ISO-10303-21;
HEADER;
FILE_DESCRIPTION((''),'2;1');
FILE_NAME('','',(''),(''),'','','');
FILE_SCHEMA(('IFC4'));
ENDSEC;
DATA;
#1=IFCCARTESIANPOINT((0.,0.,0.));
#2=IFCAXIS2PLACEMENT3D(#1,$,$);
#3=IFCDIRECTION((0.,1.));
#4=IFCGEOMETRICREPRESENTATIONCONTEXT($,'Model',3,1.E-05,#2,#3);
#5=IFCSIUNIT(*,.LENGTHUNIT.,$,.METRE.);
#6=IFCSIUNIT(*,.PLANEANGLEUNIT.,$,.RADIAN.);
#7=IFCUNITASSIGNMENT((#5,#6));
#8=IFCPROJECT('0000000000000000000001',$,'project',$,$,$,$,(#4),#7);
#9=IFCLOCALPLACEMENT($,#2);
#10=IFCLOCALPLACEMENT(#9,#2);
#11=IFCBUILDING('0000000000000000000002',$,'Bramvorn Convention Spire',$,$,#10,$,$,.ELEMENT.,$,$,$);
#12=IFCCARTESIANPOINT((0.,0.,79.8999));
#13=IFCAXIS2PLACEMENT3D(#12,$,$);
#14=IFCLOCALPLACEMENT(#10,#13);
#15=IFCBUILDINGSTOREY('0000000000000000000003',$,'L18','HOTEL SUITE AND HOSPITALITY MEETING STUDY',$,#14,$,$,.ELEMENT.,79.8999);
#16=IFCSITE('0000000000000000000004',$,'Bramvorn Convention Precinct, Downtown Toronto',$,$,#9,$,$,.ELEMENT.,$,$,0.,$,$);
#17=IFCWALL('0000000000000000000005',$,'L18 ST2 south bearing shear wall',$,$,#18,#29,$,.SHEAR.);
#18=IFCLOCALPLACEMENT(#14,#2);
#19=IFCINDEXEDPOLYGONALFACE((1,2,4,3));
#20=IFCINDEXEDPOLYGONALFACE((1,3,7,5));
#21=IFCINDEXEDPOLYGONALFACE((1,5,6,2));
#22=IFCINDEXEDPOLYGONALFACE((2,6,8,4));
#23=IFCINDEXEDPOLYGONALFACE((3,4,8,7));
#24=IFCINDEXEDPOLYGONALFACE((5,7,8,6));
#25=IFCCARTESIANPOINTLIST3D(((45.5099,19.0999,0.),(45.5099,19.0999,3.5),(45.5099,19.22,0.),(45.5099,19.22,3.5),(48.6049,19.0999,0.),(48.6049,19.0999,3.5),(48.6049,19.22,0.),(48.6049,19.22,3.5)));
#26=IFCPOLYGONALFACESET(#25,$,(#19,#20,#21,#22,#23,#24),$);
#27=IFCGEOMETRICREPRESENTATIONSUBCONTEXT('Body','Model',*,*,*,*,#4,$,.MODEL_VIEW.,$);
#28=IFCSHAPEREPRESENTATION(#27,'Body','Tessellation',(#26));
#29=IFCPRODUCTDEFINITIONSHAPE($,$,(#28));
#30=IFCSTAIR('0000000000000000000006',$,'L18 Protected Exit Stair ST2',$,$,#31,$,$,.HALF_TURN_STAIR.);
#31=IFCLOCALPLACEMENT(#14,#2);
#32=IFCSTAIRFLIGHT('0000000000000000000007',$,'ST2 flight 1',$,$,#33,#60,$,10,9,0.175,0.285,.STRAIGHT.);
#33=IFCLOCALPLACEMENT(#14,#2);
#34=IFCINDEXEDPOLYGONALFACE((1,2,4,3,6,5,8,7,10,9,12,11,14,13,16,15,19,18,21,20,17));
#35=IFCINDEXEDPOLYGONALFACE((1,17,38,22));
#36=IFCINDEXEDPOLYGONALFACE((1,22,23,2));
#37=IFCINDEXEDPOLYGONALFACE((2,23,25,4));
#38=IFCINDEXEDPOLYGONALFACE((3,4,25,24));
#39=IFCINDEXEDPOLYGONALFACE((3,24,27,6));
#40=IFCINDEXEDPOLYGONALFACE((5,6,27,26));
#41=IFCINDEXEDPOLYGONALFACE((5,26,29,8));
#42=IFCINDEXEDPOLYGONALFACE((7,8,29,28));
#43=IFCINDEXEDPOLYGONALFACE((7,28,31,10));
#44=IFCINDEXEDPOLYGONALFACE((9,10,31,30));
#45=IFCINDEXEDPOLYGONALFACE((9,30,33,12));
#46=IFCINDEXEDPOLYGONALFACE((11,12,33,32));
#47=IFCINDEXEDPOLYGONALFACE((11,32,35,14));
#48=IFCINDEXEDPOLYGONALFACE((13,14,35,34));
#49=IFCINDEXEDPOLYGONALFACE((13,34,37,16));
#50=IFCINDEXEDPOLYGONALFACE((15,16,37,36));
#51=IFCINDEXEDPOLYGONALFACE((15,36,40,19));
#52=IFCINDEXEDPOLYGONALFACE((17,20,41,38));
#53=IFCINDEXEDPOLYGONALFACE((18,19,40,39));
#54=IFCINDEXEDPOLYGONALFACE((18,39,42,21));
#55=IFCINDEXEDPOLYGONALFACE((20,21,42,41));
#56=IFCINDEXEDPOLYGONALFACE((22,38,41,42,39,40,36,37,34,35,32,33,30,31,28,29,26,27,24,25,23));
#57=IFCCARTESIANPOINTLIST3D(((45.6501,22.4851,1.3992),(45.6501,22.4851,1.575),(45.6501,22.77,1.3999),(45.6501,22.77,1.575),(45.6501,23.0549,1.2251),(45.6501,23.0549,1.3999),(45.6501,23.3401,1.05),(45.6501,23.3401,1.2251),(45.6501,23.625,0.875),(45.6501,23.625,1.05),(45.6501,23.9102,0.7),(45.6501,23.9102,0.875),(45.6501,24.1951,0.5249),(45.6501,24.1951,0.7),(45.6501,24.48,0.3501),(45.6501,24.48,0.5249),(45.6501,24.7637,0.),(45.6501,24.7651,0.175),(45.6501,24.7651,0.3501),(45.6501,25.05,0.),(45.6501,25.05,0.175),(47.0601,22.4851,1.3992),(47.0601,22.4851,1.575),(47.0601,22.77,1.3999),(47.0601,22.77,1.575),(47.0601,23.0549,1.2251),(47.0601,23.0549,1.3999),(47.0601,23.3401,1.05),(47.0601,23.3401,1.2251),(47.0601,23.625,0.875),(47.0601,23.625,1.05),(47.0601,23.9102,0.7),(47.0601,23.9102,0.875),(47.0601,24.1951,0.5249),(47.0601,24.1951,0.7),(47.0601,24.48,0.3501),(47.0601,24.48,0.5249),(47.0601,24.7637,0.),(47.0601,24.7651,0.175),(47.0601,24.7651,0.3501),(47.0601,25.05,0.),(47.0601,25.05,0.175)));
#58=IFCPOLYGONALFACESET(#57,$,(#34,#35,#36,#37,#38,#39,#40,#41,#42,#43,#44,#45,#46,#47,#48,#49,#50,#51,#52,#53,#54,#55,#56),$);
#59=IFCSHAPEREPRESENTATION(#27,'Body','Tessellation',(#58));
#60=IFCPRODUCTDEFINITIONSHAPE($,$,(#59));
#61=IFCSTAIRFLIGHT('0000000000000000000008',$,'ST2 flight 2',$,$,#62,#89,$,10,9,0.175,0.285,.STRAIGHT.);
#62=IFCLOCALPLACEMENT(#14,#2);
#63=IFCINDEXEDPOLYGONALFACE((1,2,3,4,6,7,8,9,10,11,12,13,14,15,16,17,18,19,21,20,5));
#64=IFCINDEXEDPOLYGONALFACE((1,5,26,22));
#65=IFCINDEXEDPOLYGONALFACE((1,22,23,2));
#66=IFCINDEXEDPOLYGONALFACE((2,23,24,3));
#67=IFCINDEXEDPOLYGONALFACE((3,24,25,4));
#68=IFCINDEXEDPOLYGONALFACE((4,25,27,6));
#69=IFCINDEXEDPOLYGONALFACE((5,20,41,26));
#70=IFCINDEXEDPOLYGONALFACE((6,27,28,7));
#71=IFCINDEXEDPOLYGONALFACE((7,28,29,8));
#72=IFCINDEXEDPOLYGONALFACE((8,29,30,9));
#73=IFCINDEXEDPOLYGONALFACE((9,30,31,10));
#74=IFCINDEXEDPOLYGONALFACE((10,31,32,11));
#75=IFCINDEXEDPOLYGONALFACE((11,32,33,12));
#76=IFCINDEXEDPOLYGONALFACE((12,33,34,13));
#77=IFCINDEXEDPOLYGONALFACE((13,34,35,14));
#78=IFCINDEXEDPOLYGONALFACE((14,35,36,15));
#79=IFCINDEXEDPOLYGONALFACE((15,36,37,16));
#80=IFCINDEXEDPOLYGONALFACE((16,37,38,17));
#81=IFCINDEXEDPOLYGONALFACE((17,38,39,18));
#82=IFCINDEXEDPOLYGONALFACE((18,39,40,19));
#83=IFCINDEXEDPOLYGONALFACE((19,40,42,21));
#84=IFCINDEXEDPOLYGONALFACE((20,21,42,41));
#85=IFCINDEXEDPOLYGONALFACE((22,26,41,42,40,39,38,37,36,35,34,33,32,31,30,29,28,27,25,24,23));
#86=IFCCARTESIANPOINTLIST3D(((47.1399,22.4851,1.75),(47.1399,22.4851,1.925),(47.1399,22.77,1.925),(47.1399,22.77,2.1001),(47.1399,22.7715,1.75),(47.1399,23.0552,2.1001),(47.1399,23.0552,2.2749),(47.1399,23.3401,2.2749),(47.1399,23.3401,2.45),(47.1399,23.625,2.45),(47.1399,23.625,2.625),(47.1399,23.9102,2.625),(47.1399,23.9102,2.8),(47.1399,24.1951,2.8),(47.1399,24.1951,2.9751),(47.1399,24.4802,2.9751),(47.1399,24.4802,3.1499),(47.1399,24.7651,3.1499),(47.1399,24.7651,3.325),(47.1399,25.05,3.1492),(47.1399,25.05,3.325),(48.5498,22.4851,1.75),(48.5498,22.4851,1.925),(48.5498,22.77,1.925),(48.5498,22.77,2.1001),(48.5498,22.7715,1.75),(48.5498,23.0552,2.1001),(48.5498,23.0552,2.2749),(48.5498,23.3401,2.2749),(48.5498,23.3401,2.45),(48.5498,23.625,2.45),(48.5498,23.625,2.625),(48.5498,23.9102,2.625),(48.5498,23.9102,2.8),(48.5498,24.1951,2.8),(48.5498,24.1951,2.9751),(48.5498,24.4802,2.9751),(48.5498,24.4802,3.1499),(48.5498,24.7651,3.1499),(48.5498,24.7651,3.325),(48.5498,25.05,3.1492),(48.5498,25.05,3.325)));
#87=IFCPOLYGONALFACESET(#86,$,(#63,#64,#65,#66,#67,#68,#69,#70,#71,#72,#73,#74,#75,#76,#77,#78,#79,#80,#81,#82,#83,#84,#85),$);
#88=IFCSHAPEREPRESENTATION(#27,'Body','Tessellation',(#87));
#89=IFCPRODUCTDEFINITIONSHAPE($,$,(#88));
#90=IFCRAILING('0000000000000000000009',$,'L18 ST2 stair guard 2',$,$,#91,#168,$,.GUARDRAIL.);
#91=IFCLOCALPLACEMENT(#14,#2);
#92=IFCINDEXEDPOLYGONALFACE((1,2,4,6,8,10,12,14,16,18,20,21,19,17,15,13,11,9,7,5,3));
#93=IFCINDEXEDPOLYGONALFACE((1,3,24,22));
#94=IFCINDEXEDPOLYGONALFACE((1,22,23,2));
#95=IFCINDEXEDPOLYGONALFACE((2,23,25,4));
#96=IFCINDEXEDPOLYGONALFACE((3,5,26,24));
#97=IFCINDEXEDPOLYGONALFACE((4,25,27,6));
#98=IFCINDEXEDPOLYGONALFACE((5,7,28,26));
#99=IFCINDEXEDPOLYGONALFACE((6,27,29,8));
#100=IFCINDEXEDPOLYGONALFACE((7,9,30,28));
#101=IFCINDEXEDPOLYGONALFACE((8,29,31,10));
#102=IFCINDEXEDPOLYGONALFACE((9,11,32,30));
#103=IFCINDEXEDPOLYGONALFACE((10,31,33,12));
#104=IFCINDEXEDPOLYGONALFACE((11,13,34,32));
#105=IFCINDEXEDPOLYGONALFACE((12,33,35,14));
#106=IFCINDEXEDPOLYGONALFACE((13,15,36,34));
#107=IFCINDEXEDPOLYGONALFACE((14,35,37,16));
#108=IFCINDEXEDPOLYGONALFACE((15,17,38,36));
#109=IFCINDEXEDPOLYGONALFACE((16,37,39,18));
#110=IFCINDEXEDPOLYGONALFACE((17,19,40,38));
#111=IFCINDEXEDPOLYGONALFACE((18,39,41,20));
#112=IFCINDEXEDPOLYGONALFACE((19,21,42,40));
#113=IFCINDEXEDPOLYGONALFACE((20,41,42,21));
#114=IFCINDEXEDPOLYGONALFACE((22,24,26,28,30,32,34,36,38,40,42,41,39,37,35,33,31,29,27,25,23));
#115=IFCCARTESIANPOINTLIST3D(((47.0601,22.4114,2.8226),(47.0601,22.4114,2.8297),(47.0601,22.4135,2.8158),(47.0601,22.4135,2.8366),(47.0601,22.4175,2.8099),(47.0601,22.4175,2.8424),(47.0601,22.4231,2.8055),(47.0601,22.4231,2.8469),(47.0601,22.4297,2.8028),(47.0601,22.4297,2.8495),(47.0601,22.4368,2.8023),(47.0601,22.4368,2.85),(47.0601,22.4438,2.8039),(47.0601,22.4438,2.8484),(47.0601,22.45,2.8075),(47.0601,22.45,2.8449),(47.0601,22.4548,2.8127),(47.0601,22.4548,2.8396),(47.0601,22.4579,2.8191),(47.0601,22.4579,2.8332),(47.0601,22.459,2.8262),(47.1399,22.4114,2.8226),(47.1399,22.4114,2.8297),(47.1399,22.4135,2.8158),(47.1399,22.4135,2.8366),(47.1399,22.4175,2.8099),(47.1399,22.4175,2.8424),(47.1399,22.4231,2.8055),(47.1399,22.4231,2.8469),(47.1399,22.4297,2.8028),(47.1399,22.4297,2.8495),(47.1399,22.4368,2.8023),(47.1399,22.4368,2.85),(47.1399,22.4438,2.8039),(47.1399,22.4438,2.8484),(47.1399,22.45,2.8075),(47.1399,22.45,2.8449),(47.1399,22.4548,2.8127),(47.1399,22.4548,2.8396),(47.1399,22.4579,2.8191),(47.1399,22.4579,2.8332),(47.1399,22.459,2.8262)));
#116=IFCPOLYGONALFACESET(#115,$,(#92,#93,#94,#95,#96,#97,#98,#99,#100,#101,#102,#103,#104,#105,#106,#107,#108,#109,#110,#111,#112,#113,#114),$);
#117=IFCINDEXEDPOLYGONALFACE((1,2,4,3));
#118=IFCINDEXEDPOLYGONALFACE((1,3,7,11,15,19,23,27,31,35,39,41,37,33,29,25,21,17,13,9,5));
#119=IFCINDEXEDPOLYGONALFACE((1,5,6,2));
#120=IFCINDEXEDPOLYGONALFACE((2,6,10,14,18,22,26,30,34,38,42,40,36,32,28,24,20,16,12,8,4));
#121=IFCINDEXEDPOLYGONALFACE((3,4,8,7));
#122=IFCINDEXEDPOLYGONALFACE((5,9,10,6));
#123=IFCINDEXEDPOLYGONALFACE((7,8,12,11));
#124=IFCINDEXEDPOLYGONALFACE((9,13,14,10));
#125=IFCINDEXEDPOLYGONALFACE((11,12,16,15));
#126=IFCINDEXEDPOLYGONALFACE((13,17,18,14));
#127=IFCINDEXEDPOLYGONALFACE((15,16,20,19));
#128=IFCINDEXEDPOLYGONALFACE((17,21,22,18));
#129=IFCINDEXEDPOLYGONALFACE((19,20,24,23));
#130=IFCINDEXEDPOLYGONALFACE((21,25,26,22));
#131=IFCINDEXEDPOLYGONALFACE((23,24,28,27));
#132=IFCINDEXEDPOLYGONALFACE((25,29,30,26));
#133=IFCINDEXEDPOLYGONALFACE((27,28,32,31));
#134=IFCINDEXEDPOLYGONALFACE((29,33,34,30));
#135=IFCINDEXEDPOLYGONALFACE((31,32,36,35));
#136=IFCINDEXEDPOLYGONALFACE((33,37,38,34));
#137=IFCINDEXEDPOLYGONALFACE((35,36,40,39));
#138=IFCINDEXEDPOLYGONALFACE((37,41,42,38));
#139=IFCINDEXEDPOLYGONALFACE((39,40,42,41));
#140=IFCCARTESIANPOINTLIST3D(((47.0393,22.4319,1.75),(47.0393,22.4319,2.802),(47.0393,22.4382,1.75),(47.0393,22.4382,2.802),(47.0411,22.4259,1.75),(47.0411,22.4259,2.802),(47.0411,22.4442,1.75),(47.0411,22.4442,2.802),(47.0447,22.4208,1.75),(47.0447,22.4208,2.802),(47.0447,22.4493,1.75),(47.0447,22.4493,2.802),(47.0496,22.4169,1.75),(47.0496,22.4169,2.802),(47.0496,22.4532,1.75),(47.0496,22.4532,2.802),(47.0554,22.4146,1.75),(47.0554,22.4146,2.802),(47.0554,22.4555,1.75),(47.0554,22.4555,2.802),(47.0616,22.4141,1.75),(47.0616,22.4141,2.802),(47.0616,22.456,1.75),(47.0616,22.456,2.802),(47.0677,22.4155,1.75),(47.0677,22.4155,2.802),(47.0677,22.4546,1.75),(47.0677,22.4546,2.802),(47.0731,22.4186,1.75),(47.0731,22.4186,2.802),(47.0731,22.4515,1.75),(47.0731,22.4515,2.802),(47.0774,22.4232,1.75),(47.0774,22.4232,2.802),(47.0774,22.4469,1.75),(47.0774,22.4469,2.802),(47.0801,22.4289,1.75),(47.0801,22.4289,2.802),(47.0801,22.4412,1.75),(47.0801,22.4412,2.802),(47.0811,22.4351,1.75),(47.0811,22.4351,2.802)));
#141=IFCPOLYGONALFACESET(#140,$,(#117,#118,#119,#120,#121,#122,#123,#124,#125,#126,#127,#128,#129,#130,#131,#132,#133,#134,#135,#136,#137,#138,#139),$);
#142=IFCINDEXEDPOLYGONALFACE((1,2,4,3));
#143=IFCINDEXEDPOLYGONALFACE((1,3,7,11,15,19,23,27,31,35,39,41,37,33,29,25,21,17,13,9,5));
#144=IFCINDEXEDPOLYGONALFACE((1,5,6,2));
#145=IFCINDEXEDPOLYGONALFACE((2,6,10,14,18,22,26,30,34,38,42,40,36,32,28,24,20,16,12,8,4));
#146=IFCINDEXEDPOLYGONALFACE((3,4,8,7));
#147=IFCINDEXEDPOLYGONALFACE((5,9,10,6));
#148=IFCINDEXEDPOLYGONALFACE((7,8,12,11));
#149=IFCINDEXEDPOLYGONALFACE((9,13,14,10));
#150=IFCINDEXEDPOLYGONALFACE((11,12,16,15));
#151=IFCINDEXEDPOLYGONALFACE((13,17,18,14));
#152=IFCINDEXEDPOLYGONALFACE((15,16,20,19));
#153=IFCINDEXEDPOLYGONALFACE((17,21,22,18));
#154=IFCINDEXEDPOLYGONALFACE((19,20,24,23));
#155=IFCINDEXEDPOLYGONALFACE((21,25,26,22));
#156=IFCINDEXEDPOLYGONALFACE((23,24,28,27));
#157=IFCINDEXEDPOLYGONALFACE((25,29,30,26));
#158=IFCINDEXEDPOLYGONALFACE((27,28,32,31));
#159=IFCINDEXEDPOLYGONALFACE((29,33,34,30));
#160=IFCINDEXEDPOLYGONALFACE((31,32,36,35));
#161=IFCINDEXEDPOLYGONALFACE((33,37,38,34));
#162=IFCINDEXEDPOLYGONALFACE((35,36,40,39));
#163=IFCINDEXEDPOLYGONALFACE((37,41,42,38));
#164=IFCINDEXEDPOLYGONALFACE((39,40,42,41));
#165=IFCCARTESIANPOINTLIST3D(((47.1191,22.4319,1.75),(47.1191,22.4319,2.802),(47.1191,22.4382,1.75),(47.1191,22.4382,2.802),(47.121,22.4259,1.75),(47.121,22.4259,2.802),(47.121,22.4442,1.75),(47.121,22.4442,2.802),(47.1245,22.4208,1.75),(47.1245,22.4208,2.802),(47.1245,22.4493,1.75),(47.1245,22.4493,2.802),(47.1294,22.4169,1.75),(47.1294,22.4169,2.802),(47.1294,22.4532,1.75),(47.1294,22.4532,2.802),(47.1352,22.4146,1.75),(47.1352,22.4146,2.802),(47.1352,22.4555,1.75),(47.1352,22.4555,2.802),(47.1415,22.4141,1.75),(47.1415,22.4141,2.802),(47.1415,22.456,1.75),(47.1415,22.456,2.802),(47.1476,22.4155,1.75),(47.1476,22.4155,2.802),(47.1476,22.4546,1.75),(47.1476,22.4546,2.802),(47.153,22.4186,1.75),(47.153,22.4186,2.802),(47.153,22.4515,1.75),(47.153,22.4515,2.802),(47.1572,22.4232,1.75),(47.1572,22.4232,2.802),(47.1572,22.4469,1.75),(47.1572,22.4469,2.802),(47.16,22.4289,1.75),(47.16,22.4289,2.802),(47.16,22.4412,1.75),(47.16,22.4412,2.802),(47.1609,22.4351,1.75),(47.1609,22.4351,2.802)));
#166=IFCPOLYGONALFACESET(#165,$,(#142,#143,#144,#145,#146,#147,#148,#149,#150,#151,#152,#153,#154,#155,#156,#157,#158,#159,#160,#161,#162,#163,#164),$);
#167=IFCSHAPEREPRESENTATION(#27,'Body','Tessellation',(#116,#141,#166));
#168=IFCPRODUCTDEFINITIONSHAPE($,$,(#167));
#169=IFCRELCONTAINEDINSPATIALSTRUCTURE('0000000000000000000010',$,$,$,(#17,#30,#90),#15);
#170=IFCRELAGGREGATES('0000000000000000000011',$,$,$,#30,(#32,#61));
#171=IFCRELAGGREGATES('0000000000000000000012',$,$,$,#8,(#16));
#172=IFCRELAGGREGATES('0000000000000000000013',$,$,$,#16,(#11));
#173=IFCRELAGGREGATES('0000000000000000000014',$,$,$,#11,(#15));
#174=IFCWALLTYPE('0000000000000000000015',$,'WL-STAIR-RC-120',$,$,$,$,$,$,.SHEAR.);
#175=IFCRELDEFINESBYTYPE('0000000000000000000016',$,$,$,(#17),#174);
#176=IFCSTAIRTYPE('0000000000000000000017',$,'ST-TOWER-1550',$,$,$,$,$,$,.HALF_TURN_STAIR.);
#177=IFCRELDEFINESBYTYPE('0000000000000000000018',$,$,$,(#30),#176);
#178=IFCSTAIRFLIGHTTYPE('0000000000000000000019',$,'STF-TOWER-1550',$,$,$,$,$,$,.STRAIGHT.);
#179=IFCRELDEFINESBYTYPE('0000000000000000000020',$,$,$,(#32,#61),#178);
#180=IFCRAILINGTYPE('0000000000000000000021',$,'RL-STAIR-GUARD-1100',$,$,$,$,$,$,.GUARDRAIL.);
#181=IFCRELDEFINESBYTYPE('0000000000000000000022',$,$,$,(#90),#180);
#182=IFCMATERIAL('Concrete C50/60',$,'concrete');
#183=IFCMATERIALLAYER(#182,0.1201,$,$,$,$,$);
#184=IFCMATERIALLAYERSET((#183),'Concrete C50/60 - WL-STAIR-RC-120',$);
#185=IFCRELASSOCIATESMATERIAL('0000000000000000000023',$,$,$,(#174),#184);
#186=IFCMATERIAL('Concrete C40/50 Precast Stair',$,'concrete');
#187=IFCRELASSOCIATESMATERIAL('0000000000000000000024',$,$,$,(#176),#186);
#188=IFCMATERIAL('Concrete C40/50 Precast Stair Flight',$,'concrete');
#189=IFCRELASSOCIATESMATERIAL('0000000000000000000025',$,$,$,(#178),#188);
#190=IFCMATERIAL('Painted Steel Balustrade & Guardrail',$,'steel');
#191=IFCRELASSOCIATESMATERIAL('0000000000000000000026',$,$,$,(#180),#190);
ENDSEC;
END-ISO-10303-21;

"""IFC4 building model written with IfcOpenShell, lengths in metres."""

from ifc_helpers import new_model, si_unit, direction, frame, frame_2d, origin, origin_2d, place, context, subcontext, project, spatial, polyline, rectangle, circle, outline, extrude, material, layer, layer_set, type_object, element, aggregate, save


model = new_model("IFC4")

# Units and contexts
model_context = context("Model", 3, precision=1e-05, world=origin(), true_north=direction((0.0, 1.0)))
body_context = subcontext(model_context, "Body", "Model", "MODEL_VIEW")
ifc_project = project(units=[si_unit("LENGTHUNIT", "METRE"), si_unit("PLANEANGLEUNIT", "RADIAN")], contexts=[model_context])

# Site, building, storey
site_placement = place(None, origin())
site = spatial("IfcSite", under=ifc_project, at=site_placement, Name="Bramvorn Convention Precinct, Downtown Toronto", CompositionType="ELEMENT", RefElevation=0.0)
building_placement = place(site_placement, origin())
building = spatial("IfcBuilding", under=site, at=building_placement, Name="Bramvorn Convention Spire", CompositionType="ELEMENT")
storey_placement = place(building_placement, frame((0.0, 0.0, 79.8999)))
storey = spatial("IfcBuildingStorey", under=building, at=storey_placement, Name="L18", Description="HOTEL SUITE AND HOSPITALITY MEETING STUDY", CompositionType="ELEMENT", Elevation=79.8999)

# Shared definitions
ifc_material_1 = material(Name="Concrete C50/60", Category="concrete")

# Wall
ifc_layer_1 = layer(ifc_material_1, 0.1201)
ifc_layer_set_1 = layer_set([ifc_layer_1], Name="Concrete C50/60 - WL-STAIR-RC-120")
wall_type_1 = type_object("IfcWallType", Name="WL-STAIR-RC-120", PredefinedType="SHEAR", material=ifc_layer_set_1)
wall_1_placement = place(storey_placement, frame((45.51, 19.1599, 0.0), z_axis=(0.0, 0.0, 1.0), x_axis=(1.0, 0.0, 0.0)))
element("IfcWall", 1, at=wall_1_placement, inside=storey, type_object=wall_type_1, Name="L18 ST2 south bearing shear wall", PredefinedType="SHEAR", context=body_context, shape_type="SweptSolid", body=[
    extrude(rectangle(XDim=3.095, YDim=0.1201, at=frame_2d((1.5474, 0.0))), origin(), (0.0, 0.0, 1.0), 3.5),
])

# Stair, stair flights
ifc_material_2 = material(Name="Concrete C40/50 Precast Stair", Category="concrete")
stair_type = type_object("IfcStairType", Name="ST-TOWER-1550", PredefinedType="HALF_TURN_STAIR", material=ifc_material_2)
stair_placement = place(storey_placement, origin())
stair = element("IfcStair", 2, at=stair_placement, inside=storey, type_object=stair_type, Name="L18 Protected Exit Stair ST2", PredefinedType="HALF_TURN_STAIR")
ifc_material_3 = material(Name="Concrete C40/50 Precast Stair Flight", Category="concrete")
stair_flight_type = type_object("IfcStairFlightType", Name="STF-TOWER-1550", PredefinedType="STRAIGHT", material=ifc_material_3)
stair_flight_1_placement = place(storey_placement, frame((46.355, 25.05, 0.0), z_axis=(0.0, 0.0, 1.0), x_axis=(0.0, -1.0, 0.0)))
stair_flight_1 = element("IfcStairFlight", 3, at=stair_flight_1_placement, type_object=stair_flight_type, Name="ST2 flight 1", NumberOfRisers=10, NumberOfTreads=9, PredefinedType="STRAIGHT", RiserHeight=0.175, TreadLength=0.285, context=body_context, shape_type="SweptSolid", body=[
    extrude(outline(polyline([(0.0, 0.0), (0.0, 0.175), (0.2849, 0.175), (0.2849, 0.3501), (0.5701, 0.3501), (0.5701, 0.5249), (0.855, 0.5249), (0.855, 0.7), (1.1399, 0.7), (1.1399, 0.875), (1.425, 0.875), (1.425, 1.05), (1.71, 1.05), (1.71, 1.2251), (1.9951, 1.2251), (1.9951, 1.3999), (2.28, 1.3999), (2.28, 1.575), (2.5649, 1.575), (2.5649, 1.75), (2.5649, 1.3992), (0.2864, 0.0), (0.0, 0.0)])), frame((0.0, 0.7051, 0.0), z_axis=(0.0, -1.0, 0.0), x_axis=(1.0, 0.0, 0.0)), (0.0, 0.0, 1.0), 1.4099),
])
stair_flight_2_placement = place(storey_placement, frame((47.845, 22.4851, 1.75), z_axis=(0.0, 0.0, 1.0), x_axis=(0.0, 1.0, 0.0)))
stair_flight_2 = element("IfcStairFlight", 4, at=stair_flight_2_placement, type_object=stair_flight_type, Name="ST2 flight 2", NumberOfRisers=10, NumberOfTreads=9, PredefinedType="STRAIGHT", RiserHeight=0.175, TreadLength=0.285, context=body_context, shape_type="SweptSolid", body=[
    extrude(outline(polyline([(0.0, 0.0), (0.0, 0.175), (0.2849, 0.175), (0.2849, 0.3501), (0.5701, 0.3501), (0.5701, 0.5249), (0.855, 0.5249), (0.855, 0.7), (1.1399, 0.7), (1.1399, 0.875), (1.425, 0.875), (1.425, 1.05), (1.71, 1.05), (1.71, 1.2251), (1.9951, 1.2251), (1.9951, 1.3999), (2.28, 1.3999), (2.28, 1.575), (2.5649, 1.575), (2.5649, 1.75), (2.5649, 1.3992), (0.2864, 0.0), (0.0, 0.0)])), frame((0.0, 0.7051, 0.0), z_axis=(0.0, -1.0, 0.0), x_axis=(1.0, 0.0, 0.0)), (0.0, 0.0, 1.0), 1.4099),
])
aggregate(stair, [stair_flight_1, stair_flight_2])

# Railing
ifc_material_4 = material(Name="Painted Steel Balustrade & Guardrail", Category="steel")
railing_type_1 = type_object("IfcRailingType", Name="RL-STAIR-GUARD-1100", PredefinedType="GUARDRAIL", material=ifc_material_4)
railing_1_placement = place(storey_placement, frame((47.0601, 22.4351, 1.75)))
element("IfcRailing", 5, at=railing_1_placement, inside=storey, type_object=railing_type_1, Name="L18 ST2 stair guard 2", PredefinedType="GUARDRAIL", context=body_context, shape_type="SweptSolid", body=[
    extrude(circle(Radius=0.0239, at=origin_2d()), frame((0.0, 0.0, 1.0762), z_axis=(1.0, 0.0, 0.0), x_axis=(0.0, 1.0, 0.0)), (0.0, 0.0, 1.0), 0.0798),
    extrude(circle(Radius=0.021, at=origin_2d()), origin(), (0.0, 0.0, 1.0), 1.052),
    extrude(circle(Radius=0.021, at=origin_2d()), frame((0.0798, 0.0, 0.0)), (0.0, 0.0, 1.0), 1.052),
])

save(model, "model.ifc")
